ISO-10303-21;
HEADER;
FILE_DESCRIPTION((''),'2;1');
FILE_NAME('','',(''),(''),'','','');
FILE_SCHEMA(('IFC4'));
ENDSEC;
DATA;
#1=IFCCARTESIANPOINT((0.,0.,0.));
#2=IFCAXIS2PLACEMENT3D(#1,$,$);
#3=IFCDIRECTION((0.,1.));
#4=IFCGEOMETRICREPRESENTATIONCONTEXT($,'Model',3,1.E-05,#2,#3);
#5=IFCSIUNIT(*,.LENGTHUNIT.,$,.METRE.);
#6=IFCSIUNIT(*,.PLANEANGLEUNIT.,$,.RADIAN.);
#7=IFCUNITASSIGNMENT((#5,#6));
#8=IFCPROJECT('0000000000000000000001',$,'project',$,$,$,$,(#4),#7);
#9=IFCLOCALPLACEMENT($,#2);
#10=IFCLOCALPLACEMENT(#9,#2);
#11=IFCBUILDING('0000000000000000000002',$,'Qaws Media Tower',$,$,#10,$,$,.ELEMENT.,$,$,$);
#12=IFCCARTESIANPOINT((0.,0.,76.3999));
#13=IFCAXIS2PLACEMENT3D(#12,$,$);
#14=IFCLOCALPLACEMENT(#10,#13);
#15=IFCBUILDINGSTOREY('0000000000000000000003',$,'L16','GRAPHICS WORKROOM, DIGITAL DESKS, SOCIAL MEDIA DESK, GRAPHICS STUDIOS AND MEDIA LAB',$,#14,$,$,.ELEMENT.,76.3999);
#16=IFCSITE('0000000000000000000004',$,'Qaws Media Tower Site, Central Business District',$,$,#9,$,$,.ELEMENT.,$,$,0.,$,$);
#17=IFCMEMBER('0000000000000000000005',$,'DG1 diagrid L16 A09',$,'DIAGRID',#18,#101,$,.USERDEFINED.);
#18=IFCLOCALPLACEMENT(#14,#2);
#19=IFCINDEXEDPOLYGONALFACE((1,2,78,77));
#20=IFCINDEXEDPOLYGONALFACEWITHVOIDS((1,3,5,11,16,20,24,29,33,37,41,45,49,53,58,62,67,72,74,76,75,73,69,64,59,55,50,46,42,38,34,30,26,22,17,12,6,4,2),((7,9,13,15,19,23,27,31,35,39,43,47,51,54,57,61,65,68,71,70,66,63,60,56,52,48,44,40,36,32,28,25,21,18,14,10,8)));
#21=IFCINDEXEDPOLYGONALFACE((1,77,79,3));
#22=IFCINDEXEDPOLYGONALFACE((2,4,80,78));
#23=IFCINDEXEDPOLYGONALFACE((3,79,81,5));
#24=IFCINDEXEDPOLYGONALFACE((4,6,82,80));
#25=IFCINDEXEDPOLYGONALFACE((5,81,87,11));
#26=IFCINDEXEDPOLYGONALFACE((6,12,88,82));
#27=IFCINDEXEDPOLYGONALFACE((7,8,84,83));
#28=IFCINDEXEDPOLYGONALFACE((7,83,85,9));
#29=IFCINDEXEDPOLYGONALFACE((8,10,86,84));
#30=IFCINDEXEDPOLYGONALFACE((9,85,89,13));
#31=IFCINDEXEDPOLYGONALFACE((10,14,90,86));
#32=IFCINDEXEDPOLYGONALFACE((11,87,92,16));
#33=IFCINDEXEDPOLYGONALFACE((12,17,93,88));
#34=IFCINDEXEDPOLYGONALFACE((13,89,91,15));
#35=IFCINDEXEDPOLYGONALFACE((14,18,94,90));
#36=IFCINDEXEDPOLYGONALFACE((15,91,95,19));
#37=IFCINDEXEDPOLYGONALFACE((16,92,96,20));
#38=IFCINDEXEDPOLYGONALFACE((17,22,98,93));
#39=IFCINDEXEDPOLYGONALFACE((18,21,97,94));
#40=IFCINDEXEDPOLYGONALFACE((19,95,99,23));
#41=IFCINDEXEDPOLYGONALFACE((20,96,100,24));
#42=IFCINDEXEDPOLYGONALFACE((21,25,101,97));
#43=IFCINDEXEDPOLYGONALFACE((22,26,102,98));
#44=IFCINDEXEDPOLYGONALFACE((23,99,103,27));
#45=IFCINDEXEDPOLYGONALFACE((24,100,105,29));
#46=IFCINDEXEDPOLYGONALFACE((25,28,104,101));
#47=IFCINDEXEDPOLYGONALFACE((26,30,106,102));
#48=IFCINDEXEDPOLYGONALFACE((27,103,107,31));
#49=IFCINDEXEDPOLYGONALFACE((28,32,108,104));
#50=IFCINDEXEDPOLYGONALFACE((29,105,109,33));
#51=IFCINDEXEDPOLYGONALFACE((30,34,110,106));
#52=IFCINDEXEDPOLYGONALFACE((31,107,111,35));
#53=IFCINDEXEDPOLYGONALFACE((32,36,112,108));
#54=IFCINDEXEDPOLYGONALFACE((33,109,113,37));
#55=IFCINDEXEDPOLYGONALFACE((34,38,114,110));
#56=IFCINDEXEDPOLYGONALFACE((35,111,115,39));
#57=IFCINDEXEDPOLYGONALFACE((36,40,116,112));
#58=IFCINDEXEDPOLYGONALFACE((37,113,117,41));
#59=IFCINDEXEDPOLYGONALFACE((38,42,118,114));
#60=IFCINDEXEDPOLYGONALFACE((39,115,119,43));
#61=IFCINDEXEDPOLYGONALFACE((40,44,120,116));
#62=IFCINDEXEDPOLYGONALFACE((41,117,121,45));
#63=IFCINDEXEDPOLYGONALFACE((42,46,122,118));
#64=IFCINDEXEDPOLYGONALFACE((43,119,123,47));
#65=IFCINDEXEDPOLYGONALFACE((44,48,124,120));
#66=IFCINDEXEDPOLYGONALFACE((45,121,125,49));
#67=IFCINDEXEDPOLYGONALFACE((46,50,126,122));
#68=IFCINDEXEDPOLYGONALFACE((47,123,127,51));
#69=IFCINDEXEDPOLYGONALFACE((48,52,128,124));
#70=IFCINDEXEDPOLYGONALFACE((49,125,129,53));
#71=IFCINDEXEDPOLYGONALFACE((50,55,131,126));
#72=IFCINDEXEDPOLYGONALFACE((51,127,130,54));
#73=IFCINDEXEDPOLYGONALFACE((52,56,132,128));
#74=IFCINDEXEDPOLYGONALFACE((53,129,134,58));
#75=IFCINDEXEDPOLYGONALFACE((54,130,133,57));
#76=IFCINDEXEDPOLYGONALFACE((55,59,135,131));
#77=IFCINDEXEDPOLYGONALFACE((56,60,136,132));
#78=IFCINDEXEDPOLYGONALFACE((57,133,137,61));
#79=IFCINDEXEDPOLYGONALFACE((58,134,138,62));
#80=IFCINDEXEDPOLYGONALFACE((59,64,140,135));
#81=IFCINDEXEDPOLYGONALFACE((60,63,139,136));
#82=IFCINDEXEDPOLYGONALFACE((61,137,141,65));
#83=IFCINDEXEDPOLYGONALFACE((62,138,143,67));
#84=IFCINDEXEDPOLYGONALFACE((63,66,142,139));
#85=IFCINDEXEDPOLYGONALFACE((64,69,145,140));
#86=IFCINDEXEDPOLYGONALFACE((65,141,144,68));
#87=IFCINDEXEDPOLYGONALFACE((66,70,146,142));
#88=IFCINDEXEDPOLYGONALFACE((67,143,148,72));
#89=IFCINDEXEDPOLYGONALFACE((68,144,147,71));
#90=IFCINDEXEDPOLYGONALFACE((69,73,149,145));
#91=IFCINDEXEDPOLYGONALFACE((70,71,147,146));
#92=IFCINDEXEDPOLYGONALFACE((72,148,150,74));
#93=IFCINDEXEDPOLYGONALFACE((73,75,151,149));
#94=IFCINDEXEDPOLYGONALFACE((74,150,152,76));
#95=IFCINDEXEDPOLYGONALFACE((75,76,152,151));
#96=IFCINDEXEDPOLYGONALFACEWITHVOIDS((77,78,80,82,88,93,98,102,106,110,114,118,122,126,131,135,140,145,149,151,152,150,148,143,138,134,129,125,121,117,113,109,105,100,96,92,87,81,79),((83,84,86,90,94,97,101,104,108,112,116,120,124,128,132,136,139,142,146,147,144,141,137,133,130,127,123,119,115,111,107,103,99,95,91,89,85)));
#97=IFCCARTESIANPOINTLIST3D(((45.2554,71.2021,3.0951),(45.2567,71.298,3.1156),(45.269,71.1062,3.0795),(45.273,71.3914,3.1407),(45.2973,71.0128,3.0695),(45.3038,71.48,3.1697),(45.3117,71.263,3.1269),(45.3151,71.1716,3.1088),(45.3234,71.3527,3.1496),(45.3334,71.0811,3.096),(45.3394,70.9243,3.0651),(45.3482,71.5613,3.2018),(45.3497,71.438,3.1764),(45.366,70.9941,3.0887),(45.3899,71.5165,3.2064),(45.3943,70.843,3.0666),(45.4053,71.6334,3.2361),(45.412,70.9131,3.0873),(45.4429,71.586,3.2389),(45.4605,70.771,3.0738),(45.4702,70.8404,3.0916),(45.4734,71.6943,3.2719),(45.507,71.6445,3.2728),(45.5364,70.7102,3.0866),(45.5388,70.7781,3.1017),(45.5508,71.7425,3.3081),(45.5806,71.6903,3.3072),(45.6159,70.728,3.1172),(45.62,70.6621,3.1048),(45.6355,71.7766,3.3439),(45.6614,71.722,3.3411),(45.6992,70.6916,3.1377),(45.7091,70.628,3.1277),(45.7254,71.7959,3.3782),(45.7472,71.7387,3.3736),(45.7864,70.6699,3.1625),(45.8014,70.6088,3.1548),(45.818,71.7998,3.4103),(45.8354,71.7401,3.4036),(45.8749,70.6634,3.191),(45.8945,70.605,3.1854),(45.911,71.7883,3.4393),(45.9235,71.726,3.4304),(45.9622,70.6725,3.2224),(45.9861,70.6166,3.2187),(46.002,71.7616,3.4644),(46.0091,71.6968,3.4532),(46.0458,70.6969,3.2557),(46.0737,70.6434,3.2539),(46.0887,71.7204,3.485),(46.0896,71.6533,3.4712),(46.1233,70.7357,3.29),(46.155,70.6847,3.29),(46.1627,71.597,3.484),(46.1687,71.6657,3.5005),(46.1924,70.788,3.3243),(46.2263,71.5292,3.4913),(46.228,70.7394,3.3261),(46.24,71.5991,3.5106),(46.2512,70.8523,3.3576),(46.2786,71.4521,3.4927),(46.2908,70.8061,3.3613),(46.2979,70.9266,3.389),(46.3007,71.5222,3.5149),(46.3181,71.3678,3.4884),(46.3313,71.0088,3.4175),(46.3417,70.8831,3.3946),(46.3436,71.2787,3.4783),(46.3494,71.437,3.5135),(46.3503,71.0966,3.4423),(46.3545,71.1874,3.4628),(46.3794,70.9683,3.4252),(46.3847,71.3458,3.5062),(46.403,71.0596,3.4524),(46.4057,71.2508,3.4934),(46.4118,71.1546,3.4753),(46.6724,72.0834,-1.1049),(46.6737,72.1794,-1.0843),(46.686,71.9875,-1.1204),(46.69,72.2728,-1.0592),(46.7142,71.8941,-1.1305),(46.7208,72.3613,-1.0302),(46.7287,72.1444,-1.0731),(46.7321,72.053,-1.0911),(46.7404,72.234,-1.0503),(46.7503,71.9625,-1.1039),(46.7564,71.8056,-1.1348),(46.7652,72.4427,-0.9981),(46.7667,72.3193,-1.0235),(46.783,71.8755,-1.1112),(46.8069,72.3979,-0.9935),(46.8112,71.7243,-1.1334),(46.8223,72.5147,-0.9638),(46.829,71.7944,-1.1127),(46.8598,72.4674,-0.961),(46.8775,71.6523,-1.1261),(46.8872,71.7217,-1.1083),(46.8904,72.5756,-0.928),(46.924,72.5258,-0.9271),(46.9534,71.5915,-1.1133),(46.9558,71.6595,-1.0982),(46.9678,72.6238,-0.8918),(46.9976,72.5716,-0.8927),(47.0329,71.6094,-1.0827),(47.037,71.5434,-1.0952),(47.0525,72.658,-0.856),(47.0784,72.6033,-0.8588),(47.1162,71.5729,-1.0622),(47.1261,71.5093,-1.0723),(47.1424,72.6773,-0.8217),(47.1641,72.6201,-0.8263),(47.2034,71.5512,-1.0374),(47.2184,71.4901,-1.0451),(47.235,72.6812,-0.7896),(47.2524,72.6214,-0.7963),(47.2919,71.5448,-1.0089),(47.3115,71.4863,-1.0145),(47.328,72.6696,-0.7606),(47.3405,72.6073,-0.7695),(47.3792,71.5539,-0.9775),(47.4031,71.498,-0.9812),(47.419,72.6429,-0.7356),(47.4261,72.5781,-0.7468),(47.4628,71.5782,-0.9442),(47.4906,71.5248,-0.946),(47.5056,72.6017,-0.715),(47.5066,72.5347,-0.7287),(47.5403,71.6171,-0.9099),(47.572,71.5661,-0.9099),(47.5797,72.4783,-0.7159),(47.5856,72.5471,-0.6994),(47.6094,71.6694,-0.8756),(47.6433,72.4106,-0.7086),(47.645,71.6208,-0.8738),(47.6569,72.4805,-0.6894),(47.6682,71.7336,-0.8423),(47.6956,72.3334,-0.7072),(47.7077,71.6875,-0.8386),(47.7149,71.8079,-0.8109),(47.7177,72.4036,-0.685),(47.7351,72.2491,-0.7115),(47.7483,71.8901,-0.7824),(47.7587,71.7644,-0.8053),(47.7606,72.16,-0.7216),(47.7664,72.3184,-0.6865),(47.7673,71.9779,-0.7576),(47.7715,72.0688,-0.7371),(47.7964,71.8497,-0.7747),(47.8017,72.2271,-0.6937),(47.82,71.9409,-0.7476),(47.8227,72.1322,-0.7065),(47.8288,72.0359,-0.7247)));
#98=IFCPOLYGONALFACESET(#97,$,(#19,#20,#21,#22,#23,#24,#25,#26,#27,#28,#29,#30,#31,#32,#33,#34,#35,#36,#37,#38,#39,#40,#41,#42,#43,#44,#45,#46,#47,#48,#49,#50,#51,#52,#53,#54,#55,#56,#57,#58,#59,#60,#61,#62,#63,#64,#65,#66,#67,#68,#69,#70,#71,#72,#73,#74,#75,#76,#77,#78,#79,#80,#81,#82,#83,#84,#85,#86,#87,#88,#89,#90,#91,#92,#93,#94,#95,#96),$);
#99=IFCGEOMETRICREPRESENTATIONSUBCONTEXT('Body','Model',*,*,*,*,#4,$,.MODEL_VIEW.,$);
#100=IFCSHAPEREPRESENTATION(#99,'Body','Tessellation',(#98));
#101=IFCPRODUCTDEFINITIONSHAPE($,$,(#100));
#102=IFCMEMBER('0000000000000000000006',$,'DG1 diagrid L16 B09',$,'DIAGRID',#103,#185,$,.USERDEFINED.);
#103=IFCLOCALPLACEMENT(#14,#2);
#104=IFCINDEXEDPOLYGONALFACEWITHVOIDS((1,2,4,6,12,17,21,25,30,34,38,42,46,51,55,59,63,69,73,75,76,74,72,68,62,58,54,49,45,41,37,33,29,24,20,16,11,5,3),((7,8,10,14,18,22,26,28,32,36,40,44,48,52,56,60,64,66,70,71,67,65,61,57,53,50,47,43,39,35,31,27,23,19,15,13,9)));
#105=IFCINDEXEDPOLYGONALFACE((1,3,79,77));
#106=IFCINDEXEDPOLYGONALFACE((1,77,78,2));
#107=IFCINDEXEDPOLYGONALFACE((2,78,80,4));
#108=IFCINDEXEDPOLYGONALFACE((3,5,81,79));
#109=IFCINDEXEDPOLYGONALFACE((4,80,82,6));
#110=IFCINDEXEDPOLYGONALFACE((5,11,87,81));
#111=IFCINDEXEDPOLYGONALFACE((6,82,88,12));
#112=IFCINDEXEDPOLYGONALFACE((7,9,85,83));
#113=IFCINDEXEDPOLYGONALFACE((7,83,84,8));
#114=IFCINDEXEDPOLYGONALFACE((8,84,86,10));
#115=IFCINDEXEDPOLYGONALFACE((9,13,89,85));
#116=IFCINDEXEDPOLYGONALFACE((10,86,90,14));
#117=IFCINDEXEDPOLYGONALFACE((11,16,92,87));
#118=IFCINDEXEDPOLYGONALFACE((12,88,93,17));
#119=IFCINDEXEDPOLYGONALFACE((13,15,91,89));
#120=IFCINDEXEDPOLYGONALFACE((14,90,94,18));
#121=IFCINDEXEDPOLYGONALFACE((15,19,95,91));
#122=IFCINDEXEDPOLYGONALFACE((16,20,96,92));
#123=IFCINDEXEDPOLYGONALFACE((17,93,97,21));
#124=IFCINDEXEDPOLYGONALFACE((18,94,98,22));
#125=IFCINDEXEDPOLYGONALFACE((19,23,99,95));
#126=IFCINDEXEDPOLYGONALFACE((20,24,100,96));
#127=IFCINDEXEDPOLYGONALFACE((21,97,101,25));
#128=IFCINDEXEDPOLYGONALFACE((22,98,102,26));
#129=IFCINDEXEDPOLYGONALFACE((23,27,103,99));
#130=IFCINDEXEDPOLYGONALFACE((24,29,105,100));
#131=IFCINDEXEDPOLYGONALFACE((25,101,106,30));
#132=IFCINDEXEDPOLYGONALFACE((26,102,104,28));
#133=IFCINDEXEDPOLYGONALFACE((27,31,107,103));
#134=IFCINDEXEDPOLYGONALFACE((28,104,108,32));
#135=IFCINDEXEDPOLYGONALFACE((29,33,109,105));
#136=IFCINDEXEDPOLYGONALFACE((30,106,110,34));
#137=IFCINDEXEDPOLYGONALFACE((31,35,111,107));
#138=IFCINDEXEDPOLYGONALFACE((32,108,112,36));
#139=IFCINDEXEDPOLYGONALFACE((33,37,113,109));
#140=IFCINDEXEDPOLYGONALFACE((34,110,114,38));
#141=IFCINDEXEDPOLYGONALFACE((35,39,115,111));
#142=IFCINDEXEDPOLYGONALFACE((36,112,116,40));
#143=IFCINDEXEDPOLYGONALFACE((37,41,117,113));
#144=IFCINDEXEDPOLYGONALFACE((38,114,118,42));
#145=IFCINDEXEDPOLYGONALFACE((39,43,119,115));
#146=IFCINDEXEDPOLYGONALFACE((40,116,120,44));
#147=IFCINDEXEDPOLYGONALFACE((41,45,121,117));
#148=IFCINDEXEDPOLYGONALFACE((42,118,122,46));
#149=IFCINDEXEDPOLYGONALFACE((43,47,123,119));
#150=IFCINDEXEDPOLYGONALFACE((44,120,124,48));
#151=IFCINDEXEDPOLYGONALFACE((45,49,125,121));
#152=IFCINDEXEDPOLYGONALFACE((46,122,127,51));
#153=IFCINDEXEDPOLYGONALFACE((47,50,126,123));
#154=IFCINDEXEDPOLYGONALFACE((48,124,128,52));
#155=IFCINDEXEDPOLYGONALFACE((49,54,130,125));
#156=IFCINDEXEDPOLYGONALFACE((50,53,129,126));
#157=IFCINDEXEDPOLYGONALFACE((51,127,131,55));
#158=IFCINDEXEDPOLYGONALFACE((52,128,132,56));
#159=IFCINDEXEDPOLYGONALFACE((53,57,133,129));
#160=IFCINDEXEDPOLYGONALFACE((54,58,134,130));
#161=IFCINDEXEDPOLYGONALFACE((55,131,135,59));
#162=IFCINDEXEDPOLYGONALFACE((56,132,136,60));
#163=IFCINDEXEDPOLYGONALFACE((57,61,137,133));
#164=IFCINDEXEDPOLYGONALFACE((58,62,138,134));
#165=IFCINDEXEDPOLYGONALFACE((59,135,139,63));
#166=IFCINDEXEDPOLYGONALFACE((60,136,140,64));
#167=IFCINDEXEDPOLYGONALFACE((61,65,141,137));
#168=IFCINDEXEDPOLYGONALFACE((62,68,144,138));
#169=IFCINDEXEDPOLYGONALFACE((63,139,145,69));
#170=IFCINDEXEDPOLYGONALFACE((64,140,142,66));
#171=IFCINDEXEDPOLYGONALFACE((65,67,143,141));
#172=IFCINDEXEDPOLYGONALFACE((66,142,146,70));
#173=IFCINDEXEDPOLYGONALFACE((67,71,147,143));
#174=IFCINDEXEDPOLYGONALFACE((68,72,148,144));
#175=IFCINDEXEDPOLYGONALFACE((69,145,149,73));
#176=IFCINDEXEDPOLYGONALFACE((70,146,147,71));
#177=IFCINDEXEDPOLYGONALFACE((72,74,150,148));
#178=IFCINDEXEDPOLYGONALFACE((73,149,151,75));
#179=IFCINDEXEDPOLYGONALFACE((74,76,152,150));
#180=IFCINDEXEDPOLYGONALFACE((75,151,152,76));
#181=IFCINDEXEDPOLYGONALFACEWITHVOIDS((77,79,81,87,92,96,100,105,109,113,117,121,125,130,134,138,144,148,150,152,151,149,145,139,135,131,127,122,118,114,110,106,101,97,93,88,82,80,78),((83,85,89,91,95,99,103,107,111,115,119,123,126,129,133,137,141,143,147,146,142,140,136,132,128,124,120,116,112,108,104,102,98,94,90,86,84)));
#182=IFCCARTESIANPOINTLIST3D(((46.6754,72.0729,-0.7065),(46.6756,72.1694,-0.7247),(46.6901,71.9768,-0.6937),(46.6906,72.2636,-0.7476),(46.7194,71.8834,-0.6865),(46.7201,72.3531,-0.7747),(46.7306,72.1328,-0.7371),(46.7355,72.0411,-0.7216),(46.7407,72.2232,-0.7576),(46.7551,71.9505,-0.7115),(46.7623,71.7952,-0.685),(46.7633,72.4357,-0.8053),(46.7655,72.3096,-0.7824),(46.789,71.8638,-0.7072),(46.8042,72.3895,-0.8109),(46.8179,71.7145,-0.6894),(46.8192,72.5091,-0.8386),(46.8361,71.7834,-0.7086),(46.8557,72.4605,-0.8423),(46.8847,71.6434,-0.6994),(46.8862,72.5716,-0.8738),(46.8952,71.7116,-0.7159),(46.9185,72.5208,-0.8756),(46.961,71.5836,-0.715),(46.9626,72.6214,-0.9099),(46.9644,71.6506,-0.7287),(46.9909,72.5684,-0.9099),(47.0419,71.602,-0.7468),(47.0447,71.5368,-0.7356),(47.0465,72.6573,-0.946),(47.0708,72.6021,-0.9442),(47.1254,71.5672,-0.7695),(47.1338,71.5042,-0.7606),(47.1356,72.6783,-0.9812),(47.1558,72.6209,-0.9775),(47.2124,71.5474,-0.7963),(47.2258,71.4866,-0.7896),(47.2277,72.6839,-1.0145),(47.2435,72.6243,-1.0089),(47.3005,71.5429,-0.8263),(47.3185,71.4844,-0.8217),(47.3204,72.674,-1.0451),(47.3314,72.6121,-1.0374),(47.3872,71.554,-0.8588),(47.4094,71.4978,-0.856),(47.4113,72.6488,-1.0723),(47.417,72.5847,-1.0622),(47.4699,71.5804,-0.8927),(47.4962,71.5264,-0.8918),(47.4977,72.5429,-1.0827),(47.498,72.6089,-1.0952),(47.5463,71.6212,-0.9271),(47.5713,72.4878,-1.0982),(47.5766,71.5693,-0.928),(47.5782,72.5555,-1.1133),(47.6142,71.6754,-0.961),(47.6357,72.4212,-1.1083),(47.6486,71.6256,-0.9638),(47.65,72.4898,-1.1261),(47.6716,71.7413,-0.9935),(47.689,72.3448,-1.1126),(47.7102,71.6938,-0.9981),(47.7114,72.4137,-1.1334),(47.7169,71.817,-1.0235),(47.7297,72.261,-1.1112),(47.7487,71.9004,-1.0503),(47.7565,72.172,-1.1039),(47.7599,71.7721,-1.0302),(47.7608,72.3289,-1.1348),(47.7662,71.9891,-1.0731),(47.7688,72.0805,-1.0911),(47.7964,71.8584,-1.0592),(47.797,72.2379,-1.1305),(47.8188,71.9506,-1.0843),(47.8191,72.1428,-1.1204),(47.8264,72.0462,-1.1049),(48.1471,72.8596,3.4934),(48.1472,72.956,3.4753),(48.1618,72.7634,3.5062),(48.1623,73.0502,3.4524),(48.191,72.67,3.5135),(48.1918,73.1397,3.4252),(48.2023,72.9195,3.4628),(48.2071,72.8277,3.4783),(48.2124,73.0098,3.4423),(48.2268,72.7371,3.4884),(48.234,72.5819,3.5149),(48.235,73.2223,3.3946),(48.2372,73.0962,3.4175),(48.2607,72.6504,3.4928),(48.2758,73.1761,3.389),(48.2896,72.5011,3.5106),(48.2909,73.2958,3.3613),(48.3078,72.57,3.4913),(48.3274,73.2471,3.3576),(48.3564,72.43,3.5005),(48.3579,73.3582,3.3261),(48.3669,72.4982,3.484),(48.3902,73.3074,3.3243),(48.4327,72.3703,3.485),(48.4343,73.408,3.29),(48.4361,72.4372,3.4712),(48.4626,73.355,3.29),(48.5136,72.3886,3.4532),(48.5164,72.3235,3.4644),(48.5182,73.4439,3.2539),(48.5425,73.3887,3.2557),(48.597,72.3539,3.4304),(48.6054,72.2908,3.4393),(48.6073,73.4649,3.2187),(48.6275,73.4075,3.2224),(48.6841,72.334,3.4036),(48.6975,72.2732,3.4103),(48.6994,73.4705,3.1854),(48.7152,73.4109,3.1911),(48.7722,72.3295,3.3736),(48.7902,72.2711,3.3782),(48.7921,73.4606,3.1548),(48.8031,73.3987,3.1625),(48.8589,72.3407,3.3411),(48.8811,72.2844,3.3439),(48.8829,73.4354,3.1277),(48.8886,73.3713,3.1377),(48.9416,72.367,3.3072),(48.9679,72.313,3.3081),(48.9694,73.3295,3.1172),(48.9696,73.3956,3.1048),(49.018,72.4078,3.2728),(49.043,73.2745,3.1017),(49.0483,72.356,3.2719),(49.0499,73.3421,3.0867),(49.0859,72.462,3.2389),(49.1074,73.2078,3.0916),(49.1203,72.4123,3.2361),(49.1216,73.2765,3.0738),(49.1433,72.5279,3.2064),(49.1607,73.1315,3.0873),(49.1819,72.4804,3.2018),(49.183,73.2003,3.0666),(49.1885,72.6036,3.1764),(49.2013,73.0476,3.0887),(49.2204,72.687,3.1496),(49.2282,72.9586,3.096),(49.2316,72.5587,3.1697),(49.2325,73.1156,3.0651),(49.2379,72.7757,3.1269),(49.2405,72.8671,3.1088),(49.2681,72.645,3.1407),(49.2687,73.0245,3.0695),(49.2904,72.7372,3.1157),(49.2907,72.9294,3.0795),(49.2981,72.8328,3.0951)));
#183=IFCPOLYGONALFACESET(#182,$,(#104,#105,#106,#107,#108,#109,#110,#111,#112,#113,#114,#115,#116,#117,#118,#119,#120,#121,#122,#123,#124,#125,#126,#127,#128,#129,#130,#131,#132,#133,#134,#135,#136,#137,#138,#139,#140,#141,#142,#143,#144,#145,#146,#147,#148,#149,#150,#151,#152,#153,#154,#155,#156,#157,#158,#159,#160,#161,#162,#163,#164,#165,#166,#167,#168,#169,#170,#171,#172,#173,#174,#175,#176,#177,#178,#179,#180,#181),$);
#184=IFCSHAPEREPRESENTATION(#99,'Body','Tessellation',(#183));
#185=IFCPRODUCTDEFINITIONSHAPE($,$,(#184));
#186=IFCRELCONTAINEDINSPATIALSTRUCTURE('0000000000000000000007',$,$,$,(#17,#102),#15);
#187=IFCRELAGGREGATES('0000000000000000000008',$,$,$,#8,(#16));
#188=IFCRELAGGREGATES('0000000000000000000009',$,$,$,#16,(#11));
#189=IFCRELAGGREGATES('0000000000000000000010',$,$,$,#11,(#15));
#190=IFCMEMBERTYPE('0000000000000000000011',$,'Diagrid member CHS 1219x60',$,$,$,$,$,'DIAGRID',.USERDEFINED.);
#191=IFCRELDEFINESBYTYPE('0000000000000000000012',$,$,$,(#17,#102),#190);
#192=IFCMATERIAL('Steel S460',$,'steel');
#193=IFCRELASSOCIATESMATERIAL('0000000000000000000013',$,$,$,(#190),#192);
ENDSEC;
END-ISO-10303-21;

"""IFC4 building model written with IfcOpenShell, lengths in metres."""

from ifc_helpers import new_model, si_unit, direction, frame, origin, origin_2d, place, context, subcontext, project, spatial, hollow_circle, extrude, material, material_profile, profile_set, type_object, element, save


model = new_model("IFC4")

# Units and contexts
model_context = context("Model", 3, precision=1e-05, world=origin(), true_north=direction((0.0, 1.0)))
body_context = subcontext(model_context, "Body", "Model", "MODEL_VIEW")
ifc_project = project(units=[si_unit("LENGTHUNIT", "METRE"), si_unit("PLANEANGLEUNIT", "RADIAN")], contexts=[model_context])

# Site, building, storey
site_placement = place(None, origin())
site = spatial("IfcSite", under=ifc_project, at=site_placement, Name="Qaws Media Tower Site, Central Business District", CompositionType="ELEMENT", RefElevation=0.0)
building_placement = place(site_placement, origin())
building = spatial("IfcBuilding", under=site, at=building_placement, Name="Qaws Media Tower", CompositionType="ELEMENT")
storey_placement = place(building_placement, frame((0.0, 0.0, 76.3999)))
storey = spatial("IfcBuildingStorey", under=building, at=storey_placement, Name="L16", Description="GRAPHICS WORKROOM, DIGITAL DESKS, SOCIAL MEDIA DESK, GRAPHICS STUDIOS AND MEDIA LAB", CompositionType="ELEMENT", Elevation=76.3999)

# Members
ifc_material_1 = material(Name="Steel S460", Category="steel")
ifc_material_profile_1 = material_profile(ifc_material_1, hollow_circle(Radius=0.6096, WallThickness=0.0601, at=origin_2d()), Name="CHS 1219x60")
ifc_profile_set_1 = profile_set([ifc_material_profile_1], Name="Steel S460")
member_type_1 = type_object("IfcMemberType", Name="Diagrid member CHS 1219x60", ElementType="DIAGRID", PredefinedType="USERDEFINED", material=ifc_profile_set_1)
for number, where, z_axis, x_axis, name in (
    (1, (47.25, 72.0837, -0.9099), (-0.313541, -0.195018, 0.929333), (0.528157, -0.849147, 0.0), "DG1 diagrid L16 A09"),
    (2, (47.25, 72.0837, -0.9099), (0.325642, 0.174058, 0.929334), (-0.471393, 0.881923, 0.0), "DG1 diagrid L16 B09"),
):
    element("IfcMember", number, at=place(storey_placement, frame(where, z_axis=z_axis, x_axis=x_axis)), inside=storey, type_object=member_type_1, Name=name, ObjectType="DIAGRID", PredefinedType="USERDEFINED", context=body_context, shape_type="SweptSolid", body=[
        extrude(hollow_circle(Radius=0.6096, WallThickness=0.0601, at=origin_2d()), origin(), (0.0, 0.0, 1.0), 4.5193),
    ])

save(model, "model.ifc")
